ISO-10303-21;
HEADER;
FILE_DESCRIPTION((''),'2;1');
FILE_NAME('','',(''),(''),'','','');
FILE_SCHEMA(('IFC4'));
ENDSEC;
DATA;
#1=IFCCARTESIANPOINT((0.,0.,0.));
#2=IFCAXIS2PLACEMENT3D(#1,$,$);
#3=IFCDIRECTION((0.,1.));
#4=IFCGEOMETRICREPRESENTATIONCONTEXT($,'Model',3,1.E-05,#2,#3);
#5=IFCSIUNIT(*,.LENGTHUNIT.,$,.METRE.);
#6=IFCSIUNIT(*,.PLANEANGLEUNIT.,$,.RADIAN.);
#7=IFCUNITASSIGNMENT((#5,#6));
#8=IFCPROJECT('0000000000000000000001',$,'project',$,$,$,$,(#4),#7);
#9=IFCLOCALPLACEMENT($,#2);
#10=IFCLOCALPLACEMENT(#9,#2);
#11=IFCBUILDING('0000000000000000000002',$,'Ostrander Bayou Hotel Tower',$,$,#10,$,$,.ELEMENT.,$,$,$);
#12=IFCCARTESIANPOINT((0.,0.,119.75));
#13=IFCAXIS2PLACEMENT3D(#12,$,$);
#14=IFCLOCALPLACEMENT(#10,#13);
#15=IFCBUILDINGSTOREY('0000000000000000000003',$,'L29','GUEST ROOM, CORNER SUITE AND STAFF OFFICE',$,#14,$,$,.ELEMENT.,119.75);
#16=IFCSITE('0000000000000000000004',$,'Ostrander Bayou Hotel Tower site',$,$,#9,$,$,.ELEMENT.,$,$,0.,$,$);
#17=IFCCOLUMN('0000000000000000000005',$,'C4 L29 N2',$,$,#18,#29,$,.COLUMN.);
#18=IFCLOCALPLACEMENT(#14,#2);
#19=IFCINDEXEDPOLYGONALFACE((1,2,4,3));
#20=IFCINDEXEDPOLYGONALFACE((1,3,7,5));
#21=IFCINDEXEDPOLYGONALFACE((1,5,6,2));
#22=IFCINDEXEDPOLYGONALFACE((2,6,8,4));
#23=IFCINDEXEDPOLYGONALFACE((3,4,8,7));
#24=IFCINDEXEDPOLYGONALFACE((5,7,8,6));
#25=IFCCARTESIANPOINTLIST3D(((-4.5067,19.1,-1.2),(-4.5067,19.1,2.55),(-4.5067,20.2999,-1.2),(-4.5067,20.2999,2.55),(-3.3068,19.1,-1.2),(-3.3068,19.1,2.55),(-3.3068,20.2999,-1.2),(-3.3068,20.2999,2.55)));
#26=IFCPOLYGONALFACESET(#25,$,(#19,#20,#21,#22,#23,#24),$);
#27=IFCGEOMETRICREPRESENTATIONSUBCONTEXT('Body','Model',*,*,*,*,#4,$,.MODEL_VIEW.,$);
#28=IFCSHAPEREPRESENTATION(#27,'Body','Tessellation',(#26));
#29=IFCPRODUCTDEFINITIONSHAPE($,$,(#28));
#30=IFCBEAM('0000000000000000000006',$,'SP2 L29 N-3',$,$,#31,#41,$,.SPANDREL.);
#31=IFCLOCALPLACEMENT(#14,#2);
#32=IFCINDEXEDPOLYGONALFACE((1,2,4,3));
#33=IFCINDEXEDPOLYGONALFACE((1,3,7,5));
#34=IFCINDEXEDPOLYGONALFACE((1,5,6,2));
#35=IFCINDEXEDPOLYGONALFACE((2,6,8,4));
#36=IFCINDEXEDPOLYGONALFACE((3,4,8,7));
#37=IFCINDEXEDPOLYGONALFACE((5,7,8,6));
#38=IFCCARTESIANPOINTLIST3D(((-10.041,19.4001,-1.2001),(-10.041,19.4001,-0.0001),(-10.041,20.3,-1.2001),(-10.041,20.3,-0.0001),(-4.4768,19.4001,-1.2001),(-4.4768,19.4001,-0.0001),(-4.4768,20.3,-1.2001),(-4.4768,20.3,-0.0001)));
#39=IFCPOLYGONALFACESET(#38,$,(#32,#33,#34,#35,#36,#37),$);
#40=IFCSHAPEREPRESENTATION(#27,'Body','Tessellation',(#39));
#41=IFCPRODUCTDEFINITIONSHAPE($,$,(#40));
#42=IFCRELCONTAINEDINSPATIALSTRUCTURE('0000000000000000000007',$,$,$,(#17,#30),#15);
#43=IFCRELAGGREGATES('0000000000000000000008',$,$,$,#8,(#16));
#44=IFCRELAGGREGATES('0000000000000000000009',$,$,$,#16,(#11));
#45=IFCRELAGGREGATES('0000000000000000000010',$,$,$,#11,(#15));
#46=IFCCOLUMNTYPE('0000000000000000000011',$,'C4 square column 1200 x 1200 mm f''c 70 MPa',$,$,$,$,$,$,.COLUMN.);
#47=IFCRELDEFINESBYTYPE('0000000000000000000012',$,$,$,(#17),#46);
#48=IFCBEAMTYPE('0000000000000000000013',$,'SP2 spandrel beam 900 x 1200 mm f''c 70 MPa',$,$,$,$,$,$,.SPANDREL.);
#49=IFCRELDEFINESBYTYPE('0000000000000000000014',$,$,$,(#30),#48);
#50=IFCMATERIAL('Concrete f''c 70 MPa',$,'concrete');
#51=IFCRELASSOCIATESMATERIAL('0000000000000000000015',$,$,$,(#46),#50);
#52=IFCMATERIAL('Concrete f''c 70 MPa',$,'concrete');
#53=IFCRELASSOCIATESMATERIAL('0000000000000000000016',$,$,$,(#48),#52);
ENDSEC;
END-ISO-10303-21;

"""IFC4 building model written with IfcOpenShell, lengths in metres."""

from ifc_helpers import new_model, si_unit, direction, frame, origin, origin_2d, place, context, subcontext, project, spatial, rectangle, extrude, material, material_profile, profile_set, type_object, element, save


model = new_model("IFC4")

# Units and contexts
model_context = context("Model", 3, precision=1e-05, world=origin(), true_north=direction((0.0, 1.0)))
body_context = subcontext(model_context, "Body", "Model", "MODEL_VIEW")
ifc_project = project(units=[si_unit("LENGTHUNIT", "METRE"), si_unit("PLANEANGLEUNIT", "RADIAN")], contexts=[model_context])

# Site, building, storey
site_placement = place(None, origin())
site = spatial("IfcSite", under=ifc_project, at=site_placement, Name="Ostrander Bayou Hotel Tower site", CompositionType="ELEMENT", RefElevation=0.0)
building_placement = place(site_placement, origin())
building = spatial("IfcBuilding", under=site, at=building_placement, Name="Ostrander Bayou Hotel Tower", CompositionType="ELEMENT")
storey_placement = place(building_placement, frame((0.0, 0.0, 119.75)))
storey = spatial("IfcBuildingStorey", under=building, at=storey_placement, Name="L29", Description="GUEST ROOM, CORNER SUITE AND STAFF OFFICE", CompositionType="ELEMENT", Elevation=119.75)

# Column
ifc_material_1 = material(Name="Concrete f'c 70 MPa", Category="concrete")
ifc_material_profile_1 = material_profile(ifc_material_1, rectangle(XDim=1.2, YDim=1.2, at=origin_2d()))
ifc_profile_set_1 = profile_set([ifc_material_profile_1], Name="Concrete f'c 70 MPa")
column_type = type_object("IfcColumnType", Name="C4 square column 1200 x 1200 mm f'c 70 MPa", PredefinedType="COLUMN", material=ifc_profile_set_1)
column_placement = place(storey_placement, frame((-3.9067, 19.7, -1.2), z_axis=(0.0, 0.0, 1.0), x_axis=(1.0, 0.0, 0.0)))
element("IfcColumn", 1, at=column_placement, inside=storey, type_object=column_type, Name="C4 L29 N2", PredefinedType="COLUMN", context=body_context, shape_type="SweptSolid", body=[
    extrude(rectangle(XDim=1.2, YDim=1.2, at=origin_2d()), origin(), (0.0, 0.0, 1.0), 3.75),
])

# Beam
ifc_material_2 = material(Name="Concrete f'c 70 MPa", Category="concrete")
ifc_material_profile_2 = material_profile(ifc_material_2, rectangle(XDim=0.8999, YDim=1.2, at=origin_2d()))
ifc_profile_set_2 = profile_set([ifc_material_profile_2], Name="Concrete f'c 70 MPa")
beam_type = type_object("IfcBeamType", Name="SP2 spandrel beam 900 x 1200 mm f'c 70 MPa", PredefinedType="SPANDREL", material=ifc_profile_set_2)
beam_placement = place(storey_placement, frame((-4.4768, 19.8501, -0.6001), z_axis=(-1.0, 0.0, 0.0), x_axis=(0.0, -1.0, 0.0)))
element("IfcBeam", 2, at=beam_placement, inside=storey, type_object=beam_type, Name="SP2 L29 N-3", PredefinedType="SPANDREL", context=body_context, shape_type="SweptSolid", body=[
    extrude(rectangle(XDim=0.8999, YDim=1.2, at=origin_2d()), origin(), (0.0, 0.0, 1.0), 5.5642),
])

save(model, "model.ifc")
